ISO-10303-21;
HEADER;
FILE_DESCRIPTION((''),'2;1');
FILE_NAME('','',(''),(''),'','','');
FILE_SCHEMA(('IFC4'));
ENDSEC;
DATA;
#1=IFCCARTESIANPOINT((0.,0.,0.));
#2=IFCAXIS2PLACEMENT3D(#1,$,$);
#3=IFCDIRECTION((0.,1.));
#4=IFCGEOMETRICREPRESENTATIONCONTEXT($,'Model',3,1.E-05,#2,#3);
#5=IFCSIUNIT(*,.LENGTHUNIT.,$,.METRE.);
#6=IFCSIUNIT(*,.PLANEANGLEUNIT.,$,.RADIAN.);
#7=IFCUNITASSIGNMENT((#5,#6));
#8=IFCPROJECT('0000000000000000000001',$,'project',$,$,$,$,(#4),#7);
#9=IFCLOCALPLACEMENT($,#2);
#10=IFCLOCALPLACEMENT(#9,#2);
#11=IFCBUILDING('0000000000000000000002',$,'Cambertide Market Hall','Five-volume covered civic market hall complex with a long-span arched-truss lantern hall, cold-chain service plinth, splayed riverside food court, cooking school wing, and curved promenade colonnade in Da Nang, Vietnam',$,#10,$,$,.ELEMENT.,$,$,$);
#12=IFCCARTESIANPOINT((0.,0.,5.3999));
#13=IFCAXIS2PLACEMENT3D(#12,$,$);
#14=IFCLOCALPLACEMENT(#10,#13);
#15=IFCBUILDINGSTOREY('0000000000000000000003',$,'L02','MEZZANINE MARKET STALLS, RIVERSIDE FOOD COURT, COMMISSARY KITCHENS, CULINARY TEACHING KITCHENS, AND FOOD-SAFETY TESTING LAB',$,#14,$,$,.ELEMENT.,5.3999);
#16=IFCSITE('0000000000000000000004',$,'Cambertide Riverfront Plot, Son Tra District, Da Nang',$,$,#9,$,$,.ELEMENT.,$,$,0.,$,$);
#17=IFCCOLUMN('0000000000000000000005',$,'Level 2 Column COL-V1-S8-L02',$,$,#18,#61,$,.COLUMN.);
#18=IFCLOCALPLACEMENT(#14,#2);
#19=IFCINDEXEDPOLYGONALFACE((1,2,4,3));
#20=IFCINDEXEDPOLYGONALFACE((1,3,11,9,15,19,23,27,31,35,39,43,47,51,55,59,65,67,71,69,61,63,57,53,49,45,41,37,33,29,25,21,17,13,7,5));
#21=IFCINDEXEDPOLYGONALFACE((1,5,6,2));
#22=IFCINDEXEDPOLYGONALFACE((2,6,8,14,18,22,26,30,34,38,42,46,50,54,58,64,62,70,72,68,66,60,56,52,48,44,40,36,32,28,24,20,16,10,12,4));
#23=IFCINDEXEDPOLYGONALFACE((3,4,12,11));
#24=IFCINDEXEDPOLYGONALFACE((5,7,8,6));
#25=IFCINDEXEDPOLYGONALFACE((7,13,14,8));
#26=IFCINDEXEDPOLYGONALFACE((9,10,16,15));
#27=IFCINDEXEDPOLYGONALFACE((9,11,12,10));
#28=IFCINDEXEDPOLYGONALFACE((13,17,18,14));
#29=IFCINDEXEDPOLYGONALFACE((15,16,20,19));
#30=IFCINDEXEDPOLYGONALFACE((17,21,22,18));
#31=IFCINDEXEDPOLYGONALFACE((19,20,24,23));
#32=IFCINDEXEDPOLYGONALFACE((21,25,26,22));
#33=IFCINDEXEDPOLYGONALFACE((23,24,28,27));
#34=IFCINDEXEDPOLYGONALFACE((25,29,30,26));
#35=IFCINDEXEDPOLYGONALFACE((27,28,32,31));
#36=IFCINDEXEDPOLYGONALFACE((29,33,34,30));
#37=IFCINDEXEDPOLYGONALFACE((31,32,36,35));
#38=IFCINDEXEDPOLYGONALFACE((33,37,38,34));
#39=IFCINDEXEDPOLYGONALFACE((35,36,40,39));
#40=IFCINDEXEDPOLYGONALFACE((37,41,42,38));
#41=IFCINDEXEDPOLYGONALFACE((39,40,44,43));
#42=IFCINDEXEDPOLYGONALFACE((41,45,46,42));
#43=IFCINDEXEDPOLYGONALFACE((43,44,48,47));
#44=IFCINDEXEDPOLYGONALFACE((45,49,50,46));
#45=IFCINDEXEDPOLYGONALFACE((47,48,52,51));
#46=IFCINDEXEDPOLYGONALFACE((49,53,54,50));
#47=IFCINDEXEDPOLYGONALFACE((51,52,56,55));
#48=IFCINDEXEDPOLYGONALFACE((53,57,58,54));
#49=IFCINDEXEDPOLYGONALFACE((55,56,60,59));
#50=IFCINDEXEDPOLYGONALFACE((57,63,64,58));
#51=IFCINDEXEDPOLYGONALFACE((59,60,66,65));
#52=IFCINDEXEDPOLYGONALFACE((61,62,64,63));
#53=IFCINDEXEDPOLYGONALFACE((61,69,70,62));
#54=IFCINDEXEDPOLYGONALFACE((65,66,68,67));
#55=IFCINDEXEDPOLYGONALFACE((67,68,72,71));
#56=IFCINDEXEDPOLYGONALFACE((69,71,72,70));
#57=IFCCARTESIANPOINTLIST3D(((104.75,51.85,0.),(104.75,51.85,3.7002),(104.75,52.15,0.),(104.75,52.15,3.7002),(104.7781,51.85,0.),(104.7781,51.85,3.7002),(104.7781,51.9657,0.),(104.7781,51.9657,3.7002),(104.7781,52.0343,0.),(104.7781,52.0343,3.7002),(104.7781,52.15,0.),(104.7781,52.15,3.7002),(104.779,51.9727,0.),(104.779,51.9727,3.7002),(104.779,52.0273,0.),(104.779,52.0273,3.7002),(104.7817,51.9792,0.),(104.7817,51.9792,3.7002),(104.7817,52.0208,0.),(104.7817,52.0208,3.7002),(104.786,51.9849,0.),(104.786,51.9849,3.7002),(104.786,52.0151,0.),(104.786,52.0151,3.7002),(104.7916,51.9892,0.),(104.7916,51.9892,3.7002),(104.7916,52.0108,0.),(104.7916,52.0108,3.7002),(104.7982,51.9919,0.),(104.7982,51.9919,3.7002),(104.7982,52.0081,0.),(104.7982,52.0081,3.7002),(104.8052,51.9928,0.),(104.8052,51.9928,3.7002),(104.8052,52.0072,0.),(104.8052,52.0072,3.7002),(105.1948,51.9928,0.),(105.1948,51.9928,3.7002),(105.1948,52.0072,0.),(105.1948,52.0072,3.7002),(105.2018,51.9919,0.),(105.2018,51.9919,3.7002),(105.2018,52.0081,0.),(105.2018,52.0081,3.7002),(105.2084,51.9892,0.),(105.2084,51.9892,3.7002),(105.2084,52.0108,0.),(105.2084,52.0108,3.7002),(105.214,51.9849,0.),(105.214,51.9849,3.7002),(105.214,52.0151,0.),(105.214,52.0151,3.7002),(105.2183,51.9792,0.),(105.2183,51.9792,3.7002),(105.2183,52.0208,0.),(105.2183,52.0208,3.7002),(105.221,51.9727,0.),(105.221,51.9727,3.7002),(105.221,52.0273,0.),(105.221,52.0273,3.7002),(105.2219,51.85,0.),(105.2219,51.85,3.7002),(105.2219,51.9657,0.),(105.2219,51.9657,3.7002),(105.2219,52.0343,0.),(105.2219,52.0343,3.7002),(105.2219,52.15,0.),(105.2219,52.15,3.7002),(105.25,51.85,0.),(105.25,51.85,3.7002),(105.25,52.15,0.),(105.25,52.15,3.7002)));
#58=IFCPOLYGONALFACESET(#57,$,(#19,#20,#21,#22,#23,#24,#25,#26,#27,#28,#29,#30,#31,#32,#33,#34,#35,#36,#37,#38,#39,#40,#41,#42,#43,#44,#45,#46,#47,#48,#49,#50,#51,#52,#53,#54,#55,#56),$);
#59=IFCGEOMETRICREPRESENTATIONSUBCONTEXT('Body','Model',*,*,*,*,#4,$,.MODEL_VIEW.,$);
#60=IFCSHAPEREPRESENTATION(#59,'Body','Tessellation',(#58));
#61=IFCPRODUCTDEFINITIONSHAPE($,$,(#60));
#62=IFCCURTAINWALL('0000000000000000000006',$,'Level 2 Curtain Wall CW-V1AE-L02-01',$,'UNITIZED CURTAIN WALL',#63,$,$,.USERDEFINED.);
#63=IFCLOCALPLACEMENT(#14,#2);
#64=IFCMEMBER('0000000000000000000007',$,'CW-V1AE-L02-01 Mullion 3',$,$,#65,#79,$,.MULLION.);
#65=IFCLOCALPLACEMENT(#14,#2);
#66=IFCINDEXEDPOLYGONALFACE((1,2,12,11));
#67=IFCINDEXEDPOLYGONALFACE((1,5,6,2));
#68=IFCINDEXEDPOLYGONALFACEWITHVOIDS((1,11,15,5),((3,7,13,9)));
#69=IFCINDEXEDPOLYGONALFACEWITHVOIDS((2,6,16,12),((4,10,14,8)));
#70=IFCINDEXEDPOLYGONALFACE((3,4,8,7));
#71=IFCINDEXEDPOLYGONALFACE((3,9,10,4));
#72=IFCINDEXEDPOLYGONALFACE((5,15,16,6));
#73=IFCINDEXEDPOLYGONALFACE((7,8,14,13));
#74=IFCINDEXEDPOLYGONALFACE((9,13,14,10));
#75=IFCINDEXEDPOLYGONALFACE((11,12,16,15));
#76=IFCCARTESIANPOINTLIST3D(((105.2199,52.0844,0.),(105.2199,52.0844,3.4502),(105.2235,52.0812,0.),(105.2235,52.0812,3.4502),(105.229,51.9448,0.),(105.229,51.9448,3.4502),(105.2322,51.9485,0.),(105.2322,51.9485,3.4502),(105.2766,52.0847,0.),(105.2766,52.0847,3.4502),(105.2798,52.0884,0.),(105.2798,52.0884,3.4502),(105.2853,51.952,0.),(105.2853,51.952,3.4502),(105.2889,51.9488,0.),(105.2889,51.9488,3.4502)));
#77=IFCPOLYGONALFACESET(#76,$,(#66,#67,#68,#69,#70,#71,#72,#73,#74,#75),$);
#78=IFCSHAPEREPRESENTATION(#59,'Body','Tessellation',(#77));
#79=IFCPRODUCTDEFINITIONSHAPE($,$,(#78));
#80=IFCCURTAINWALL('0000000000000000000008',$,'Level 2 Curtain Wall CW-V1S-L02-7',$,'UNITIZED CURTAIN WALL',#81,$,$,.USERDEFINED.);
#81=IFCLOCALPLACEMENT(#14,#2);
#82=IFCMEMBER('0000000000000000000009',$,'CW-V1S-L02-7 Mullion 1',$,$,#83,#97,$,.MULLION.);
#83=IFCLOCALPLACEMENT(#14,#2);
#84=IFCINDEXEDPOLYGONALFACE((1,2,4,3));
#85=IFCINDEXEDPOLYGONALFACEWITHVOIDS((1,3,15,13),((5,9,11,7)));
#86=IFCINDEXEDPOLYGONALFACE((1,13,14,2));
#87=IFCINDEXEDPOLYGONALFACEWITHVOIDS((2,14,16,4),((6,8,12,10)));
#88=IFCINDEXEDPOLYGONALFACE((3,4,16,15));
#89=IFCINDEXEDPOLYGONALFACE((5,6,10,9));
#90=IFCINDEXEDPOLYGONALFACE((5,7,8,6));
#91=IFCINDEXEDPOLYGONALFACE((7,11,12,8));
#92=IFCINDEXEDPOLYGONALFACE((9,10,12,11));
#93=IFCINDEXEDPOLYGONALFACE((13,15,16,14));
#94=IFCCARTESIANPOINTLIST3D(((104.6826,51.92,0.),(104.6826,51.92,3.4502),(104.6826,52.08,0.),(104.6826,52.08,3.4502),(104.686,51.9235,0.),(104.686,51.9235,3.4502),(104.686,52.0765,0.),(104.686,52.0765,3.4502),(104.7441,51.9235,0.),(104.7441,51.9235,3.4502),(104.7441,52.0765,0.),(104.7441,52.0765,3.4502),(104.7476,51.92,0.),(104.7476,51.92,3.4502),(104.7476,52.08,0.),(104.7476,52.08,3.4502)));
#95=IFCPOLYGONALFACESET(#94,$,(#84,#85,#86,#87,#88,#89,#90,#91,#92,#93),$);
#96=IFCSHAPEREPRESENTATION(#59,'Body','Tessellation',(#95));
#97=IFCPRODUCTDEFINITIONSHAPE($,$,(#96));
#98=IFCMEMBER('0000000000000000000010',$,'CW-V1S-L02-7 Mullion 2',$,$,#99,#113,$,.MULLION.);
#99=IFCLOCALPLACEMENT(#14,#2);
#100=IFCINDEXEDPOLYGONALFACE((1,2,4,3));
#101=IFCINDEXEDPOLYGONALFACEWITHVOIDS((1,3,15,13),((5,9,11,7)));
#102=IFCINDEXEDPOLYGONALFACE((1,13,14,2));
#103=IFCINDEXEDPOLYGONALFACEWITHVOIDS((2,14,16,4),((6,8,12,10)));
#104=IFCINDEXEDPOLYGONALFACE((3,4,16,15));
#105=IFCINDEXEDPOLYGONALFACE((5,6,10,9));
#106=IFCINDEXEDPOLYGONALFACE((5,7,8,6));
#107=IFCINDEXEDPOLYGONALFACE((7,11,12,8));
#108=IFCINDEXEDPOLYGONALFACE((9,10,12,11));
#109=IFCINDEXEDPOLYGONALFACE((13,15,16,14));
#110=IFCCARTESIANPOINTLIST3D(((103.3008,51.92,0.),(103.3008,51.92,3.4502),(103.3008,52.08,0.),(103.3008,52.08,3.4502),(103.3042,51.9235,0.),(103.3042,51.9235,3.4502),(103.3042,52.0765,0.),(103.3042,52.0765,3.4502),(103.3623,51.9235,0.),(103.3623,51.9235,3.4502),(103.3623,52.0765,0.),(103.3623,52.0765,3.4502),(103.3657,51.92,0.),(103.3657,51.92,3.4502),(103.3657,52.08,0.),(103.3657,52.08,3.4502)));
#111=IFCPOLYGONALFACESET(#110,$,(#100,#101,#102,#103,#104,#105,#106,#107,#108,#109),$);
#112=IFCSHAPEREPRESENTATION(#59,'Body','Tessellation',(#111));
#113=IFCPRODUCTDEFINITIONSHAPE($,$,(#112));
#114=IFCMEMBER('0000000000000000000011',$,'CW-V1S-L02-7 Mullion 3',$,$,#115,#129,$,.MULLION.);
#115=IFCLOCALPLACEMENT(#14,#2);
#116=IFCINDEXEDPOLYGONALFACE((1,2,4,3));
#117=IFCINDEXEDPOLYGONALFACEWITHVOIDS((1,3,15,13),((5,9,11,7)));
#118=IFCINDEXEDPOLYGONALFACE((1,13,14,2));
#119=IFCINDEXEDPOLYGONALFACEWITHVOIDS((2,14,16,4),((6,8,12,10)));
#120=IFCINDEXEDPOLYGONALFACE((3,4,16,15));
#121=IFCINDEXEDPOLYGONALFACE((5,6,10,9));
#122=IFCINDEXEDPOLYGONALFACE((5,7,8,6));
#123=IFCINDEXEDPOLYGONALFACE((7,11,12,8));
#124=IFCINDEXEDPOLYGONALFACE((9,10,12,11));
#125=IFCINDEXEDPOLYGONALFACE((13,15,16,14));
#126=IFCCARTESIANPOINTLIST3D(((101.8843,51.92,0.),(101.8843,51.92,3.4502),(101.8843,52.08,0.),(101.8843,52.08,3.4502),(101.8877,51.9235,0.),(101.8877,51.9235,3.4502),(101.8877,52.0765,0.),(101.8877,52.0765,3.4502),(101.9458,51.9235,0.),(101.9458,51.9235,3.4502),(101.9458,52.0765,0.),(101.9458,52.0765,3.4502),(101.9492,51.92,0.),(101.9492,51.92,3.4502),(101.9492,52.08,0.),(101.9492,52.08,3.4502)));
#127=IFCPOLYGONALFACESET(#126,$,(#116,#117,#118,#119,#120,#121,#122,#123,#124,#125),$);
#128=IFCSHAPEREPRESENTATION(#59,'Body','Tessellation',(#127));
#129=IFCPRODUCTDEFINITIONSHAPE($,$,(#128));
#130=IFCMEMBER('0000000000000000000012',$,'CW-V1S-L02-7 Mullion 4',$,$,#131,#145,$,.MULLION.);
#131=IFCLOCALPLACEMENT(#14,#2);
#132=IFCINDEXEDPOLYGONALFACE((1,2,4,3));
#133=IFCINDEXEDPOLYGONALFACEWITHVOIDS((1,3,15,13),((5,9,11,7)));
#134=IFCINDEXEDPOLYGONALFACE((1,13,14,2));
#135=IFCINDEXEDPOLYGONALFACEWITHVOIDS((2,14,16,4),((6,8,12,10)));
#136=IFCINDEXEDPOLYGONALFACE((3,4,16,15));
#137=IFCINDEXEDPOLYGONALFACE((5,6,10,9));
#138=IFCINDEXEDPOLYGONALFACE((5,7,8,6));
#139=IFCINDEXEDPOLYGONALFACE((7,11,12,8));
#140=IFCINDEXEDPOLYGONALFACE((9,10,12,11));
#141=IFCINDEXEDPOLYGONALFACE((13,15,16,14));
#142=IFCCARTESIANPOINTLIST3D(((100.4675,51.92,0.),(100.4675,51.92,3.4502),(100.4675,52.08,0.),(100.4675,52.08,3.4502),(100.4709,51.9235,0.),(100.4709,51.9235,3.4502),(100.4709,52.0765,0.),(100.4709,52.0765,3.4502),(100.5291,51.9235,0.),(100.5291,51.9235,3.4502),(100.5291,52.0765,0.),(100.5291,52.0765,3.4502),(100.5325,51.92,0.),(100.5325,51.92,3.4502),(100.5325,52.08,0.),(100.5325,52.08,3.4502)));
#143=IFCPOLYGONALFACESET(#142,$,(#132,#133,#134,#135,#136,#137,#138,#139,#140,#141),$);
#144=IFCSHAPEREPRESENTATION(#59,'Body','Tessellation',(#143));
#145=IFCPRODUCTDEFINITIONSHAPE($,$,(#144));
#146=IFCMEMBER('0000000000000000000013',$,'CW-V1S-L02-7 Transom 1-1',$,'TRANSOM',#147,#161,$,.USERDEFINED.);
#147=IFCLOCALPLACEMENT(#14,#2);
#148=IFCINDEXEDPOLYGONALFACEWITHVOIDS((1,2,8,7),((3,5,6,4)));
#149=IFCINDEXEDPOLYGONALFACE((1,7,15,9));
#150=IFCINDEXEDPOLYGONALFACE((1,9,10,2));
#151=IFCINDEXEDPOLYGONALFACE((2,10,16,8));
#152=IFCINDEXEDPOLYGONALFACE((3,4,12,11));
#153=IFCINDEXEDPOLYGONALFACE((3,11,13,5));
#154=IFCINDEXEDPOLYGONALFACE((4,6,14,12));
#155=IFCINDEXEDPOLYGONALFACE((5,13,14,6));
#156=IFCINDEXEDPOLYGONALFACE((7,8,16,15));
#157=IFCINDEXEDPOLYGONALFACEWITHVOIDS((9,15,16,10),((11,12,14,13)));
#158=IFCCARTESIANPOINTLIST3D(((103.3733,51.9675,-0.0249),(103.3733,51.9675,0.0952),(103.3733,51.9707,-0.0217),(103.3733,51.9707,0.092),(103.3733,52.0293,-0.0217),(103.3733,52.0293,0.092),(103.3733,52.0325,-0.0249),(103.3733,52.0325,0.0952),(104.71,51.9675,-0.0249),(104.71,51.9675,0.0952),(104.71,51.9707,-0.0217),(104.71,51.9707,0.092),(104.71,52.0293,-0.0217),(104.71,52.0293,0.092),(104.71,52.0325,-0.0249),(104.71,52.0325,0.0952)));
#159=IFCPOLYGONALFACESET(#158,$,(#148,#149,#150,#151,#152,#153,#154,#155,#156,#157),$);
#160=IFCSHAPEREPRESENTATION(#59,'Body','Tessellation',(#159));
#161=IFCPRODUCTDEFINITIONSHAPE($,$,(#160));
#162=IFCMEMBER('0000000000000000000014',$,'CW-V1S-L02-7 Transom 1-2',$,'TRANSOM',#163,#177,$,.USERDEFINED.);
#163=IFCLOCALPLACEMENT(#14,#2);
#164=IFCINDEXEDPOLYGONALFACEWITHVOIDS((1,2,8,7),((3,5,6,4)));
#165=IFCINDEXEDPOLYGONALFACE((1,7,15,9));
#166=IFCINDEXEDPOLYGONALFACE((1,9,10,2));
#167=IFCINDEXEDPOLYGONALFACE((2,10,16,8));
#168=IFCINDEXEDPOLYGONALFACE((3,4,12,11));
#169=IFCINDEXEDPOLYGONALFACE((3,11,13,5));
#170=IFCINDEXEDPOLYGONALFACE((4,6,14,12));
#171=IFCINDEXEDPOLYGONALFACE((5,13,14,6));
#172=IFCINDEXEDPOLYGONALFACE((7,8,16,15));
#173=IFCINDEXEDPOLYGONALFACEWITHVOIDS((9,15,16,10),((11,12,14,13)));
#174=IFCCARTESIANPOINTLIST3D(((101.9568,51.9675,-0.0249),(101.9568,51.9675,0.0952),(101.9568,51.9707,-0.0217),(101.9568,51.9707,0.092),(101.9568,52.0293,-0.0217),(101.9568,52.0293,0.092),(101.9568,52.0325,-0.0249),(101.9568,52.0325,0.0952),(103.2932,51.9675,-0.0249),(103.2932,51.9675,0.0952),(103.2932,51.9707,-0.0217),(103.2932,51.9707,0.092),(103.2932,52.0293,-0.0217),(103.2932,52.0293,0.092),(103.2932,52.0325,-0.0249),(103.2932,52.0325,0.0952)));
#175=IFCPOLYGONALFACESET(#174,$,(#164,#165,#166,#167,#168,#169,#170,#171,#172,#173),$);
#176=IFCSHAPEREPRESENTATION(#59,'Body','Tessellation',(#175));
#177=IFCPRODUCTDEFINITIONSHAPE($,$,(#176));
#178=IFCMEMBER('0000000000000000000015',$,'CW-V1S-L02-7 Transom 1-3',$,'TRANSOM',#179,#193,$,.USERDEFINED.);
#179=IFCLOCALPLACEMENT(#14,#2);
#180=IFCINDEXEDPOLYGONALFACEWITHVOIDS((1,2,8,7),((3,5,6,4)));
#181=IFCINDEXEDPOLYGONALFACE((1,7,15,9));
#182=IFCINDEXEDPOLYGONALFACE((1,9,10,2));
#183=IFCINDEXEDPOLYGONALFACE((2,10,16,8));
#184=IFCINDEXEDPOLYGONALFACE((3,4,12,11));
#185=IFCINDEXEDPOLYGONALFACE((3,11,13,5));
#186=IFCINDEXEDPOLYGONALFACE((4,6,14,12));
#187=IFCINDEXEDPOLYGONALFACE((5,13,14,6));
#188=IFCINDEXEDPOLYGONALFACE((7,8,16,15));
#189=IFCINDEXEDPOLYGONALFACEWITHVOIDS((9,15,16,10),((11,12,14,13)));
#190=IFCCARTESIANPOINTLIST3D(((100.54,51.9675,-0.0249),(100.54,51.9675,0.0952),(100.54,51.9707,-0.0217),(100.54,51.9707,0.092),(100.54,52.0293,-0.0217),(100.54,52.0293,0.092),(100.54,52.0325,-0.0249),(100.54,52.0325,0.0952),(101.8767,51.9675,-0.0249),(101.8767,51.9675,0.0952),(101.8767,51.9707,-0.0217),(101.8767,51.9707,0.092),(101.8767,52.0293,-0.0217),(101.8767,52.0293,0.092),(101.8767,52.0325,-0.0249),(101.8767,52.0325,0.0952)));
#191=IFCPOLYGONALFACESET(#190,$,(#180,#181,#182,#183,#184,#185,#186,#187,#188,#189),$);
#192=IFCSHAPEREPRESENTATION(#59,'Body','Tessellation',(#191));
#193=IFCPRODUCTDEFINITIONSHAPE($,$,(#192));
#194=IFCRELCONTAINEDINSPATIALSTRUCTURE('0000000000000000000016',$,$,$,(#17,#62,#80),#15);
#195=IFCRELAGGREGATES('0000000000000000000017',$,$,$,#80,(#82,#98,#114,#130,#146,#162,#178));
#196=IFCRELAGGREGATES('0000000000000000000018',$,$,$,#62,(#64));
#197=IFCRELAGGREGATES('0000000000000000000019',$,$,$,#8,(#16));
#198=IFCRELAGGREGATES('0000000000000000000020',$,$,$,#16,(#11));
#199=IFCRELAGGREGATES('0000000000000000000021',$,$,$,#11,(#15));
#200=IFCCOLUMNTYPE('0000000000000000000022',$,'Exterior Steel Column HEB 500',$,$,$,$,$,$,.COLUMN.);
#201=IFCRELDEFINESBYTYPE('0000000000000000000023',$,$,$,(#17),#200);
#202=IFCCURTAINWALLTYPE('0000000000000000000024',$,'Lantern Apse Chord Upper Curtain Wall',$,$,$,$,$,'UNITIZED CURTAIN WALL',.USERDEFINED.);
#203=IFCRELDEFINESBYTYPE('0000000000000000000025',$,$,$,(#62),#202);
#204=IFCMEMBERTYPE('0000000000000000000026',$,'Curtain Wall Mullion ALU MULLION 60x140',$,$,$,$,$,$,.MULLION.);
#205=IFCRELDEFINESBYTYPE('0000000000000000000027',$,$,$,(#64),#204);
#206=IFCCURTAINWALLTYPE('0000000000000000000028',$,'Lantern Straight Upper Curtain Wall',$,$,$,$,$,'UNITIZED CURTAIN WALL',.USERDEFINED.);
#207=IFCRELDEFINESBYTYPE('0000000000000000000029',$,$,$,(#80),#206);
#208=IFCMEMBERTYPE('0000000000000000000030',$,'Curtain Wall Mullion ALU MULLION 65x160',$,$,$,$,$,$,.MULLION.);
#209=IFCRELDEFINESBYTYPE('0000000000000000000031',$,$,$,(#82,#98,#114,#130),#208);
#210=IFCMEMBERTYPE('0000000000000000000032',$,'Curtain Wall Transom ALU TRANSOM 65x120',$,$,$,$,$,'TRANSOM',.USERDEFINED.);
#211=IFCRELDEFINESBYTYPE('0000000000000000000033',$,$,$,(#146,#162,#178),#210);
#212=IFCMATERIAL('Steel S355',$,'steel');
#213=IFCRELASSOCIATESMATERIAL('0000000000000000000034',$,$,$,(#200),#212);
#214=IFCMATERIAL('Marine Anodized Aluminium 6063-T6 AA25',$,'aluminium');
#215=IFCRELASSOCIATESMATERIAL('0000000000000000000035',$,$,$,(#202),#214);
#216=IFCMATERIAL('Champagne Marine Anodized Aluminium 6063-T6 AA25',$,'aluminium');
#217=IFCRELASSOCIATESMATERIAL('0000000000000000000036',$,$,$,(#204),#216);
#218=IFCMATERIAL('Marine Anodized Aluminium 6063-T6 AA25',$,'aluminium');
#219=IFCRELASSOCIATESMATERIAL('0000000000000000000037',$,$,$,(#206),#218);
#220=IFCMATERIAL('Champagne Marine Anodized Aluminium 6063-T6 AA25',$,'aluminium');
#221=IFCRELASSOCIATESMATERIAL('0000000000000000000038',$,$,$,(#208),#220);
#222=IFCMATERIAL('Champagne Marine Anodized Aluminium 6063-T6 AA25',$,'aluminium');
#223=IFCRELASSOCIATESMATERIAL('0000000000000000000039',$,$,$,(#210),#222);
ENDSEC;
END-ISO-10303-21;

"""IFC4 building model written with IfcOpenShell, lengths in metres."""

from ifc_helpers import new_model, si_unit, direction, frame, origin, origin_2d, place, context, subcontext, project, spatial, hollow_rectangle, i_section, extrude, material, material_profile, profile_set, type_object, element, aggregate, save


model = new_model("IFC4")

# Units and contexts
model_context = context("Model", 3, precision=1e-05, world=origin(), true_north=direction((0.0, 1.0)))
body_context = subcontext(model_context, "Body", "Model", "MODEL_VIEW")
ifc_project = project(units=[si_unit("LENGTHUNIT", "METRE"), si_unit("PLANEANGLEUNIT", "RADIAN")], contexts=[model_context])

# Site, building, storey
site_placement = place(None, origin())
site = spatial("IfcSite", under=ifc_project, at=site_placement, Name="Cambertide Riverfront Plot, Son Tra District, Da Nang", CompositionType="ELEMENT", RefElevation=0.0)
building_placement = place(site_placement, origin())
building = spatial("IfcBuilding", under=site, at=building_placement, Name="Cambertide Market Hall", Description="Five-volume covered civic market hall complex with a long-span arched-truss lantern hall, cold-chain service plinth, splayed riverside food court, cooking school wing, and curved promenade colonnade in Da Nang, Vietnam", CompositionType="ELEMENT")
storey_placement = place(building_placement, frame((0.0, 0.0, 5.3999)))
storey = spatial("IfcBuildingStorey", under=building, at=storey_placement, Name="L02", Description="MEZZANINE MARKET STALLS, RIVERSIDE FOOD COURT, COMMISSARY KITCHENS, CULINARY TEACHING KITCHENS, AND FOOD-SAFETY TESTING LAB", CompositionType="ELEMENT", Elevation=5.3999)

# Column
ifc_material_1 = material(Name="Steel S355", Category="steel")
ifc_material_profile_1 = material_profile(ifc_material_1, i_section(OverallWidth=0.3, OverallDepth=0.5, WebThickness=0.0144, FlangeThickness=0.0281, FilletRadius=0.0271, at=origin_2d()), Name="HEB 500")
ifc_profile_set_1 = profile_set([ifc_material_profile_1], Name="Steel S355")
column_type = type_object("IfcColumnType", Name="Exterior Steel Column HEB 500", PredefinedType="COLUMN", material=ifc_profile_set_1)
column_placement = place(storey_placement, frame((105.0, 52.0, 0.0), z_axis=(0.0, 0.0, 1.0), x_axis=(0.0, 1.0, 0.0)))
element("IfcColumn", 1, at=column_placement, inside=storey, type_object=column_type, Name="Level 2 Column COL-V1-S8-L02", PredefinedType="COLUMN", context=body_context, shape_type="SweptSolid", body=[
    extrude(i_section(OverallWidth=0.3, OverallDepth=0.5, WebThickness=0.0144, FlangeThickness=0.0281, FilletRadius=0.0271, at=origin_2d()), origin(), (0.0, 0.0, 1.0), 3.7002),
])

# Curtain wall, member
ifc_material_2 = material(Name="Marine Anodized Aluminium 6063-T6 AA25", Category="aluminium")
curtain_wall_type_1 = type_object("IfcCurtainWallType", Name="Lantern Apse Chord Upper Curtain Wall", ElementType="UNITIZED CURTAIN WALL", PredefinedType="USERDEFINED", material=ifc_material_2)
curtain_wall_1_placement = place(storey_placement, origin())
curtain_wall_1 = element("IfcCurtainWall", 2, at=curtain_wall_1_placement, inside=storey, type_object=curtain_wall_type_1, Name="Level 2 Curtain Wall CW-V1AE-L02-01", ObjectType="UNITIZED CURTAIN WALL", PredefinedType="USERDEFINED")
ifc_material_3 = material(Name="Champagne Marine Anodized Aluminium 6063-T6 AA25", Category="aluminium")
ifc_material_profile_2 = material_profile(ifc_material_3, hollow_rectangle(XDim=0.0601, YDim=0.1399, WallThickness=0.0034, at=origin_2d()), Name="ALU MULLION 60x140")
ifc_profile_set_2 = profile_set([ifc_material_profile_2], Name="Champagne Marine Anodized Aluminium 6063-T6 AA25")
member_type_1 = type_object("IfcMemberType", Name="Curtain Wall Mullion ALU MULLION 60x140", PredefinedType="MULLION", material=ifc_profile_set_2)
member_1_placement = place(storey_placement, frame((105.2544, 52.0166, 0.0), z_axis=(0.0, 0.0, 1.0), x_axis=(-0.997859, -0.065403, 0.0)))
member_1 = element("IfcMember", 3, at=member_1_placement, type_object=member_type_1, Name="CW-V1AE-L02-01 Mullion 3", PredefinedType="MULLION", context=body_context, shape_type="SweptSolid", body=[
    extrude(hollow_rectangle(XDim=0.0601, YDim=0.1399, WallThickness=0.0034, at=origin_2d()), origin(), (0.0, 0.0, 1.0), 3.4502),
])

# Curtain wall, members
ifc_material_4 = material(Name="Marine Anodized Aluminium 6063-T6 AA25", Category="aluminium")
curtain_wall_type_2 = type_object("IfcCurtainWallType", Name="Lantern Straight Upper Curtain Wall", ElementType="UNITIZED CURTAIN WALL", PredefinedType="USERDEFINED", material=ifc_material_4)
curtain_wall_2_placement = place(storey_placement, origin())
curtain_wall_2 = element("IfcCurtainWall", 4, at=curtain_wall_2_placement, inside=storey, type_object=curtain_wall_type_2, Name="Level 2 Curtain Wall CW-V1S-L02-7", ObjectType="UNITIZED CURTAIN WALL", PredefinedType="USERDEFINED")
ifc_material_5 = material(Name="Champagne Marine Anodized Aluminium 6063-T6 AA25", Category="aluminium")
ifc_material_profile_3 = material_profile(ifc_material_5, hollow_rectangle(XDim=0.0649, YDim=0.1599, WallThickness=0.0034, at=origin_2d()), Name="ALU MULLION 65x160")
ifc_profile_set_3 = profile_set([ifc_material_profile_3], Name="Champagne Marine Anodized Aluminium 6063-T6 AA25")
member_type_2 = type_object("IfcMemberType", Name="Curtain Wall Mullion ALU MULLION 65x160", PredefinedType="MULLION", material=ifc_profile_set_3)
member_2_placement = place(storey_placement, frame((104.7151, 52.0, 0.0), z_axis=(0.0, 0.0, 1.0), x_axis=(-1.0, 0.0, 0.0)))
member_2 = element("IfcMember", 5, at=member_2_placement, type_object=member_type_2, Name="CW-V1S-L02-7 Mullion 1", PredefinedType="MULLION", context=body_context, shape_type="SweptSolid", body=[
    extrude(hollow_rectangle(XDim=0.0649, YDim=0.1599, WallThickness=0.0034, at=origin_2d()), origin(), (0.0, 0.0, 1.0), 3.4502),
])
member_3_placement = place(storey_placement, frame((103.3333, 52.0, 0.0), z_axis=(0.0, 0.0, 1.0), x_axis=(-1.0, 0.0, 0.0)))
member_3 = element("IfcMember", 6, at=member_3_placement, type_object=member_type_2, Name="CW-V1S-L02-7 Mullion 2", PredefinedType="MULLION", context=body_context, shape_type="SweptSolid", body=[
    extrude(hollow_rectangle(XDim=0.0649, YDim=0.1599, WallThickness=0.0034, at=origin_2d()), origin(), (0.0, 0.0, 1.0), 3.4502),
])
member_4_placement = place(storey_placement, frame((101.9167, 52.0, 0.0), z_axis=(0.0, 0.0, 1.0), x_axis=(-1.0, 0.0, 0.0)))
member_4 = element("IfcMember", 7, at=member_4_placement, type_object=member_type_2, Name="CW-V1S-L02-7 Mullion 3", PredefinedType="MULLION", context=body_context, shape_type="SweptSolid", body=[
    extrude(hollow_rectangle(XDim=0.0649, YDim=0.1599, WallThickness=0.0034, at=origin_2d()), origin(), (0.0, 0.0, 1.0), 3.4502),
])
member_5_placement = place(storey_placement, frame((100.5, 52.0, 0.0), z_axis=(0.0, 0.0, 1.0), x_axis=(-1.0, 0.0, 0.0)))
member_5 = element("IfcMember", 8, at=member_5_placement, type_object=member_type_2, Name="CW-V1S-L02-7 Mullion 4", PredefinedType="MULLION", context=body_context, shape_type="SweptSolid", body=[
    extrude(hollow_rectangle(XDim=0.0649, YDim=0.1599, WallThickness=0.0034, at=origin_2d()), origin(), (0.0, 0.0, 1.0), 3.4502),
])
ifc_material_6 = material(Name="Champagne Marine Anodized Aluminium 6063-T6 AA25", Category="aluminium")
ifc_material_profile_4 = material_profile(ifc_material_6, hollow_rectangle(XDim=0.0649, YDim=0.1201, WallThickness=0.0032, at=origin_2d()), Name="ALU TRANSOM 65x120")
ifc_profile_set_4 = profile_set([ifc_material_profile_4], Name="Champagne Marine Anodized Aluminium 6063-T6 AA25")
member_type_3 = type_object("IfcMemberType", Name="Curtain Wall Transom ALU TRANSOM 65x120", ElementType="TRANSOM", PredefinedType="USERDEFINED", material=ifc_profile_set_4)
member_6_placement = place(storey_placement, frame((104.71, 52.0, 0.0352), z_axis=(-1.0, 0.0, 0.0), x_axis=(0.0, -1.0, 0.0)))
member_6 = element("IfcMember", 9, at=member_6_placement, type_object=member_type_3, Name="CW-V1S-L02-7 Transom 1-1", ObjectType="TRANSOM", PredefinedType="USERDEFINED", context=body_context, shape_type="SweptSolid", body=[
    extrude(hollow_rectangle(XDim=0.0649, YDim=0.1201, WallThickness=0.0032, at=origin_2d()), origin(), (0.0, 0.0, 1.0), 1.3367),
])
member_7_placement = place(storey_placement, frame((103.2932, 52.0, 0.0352), z_axis=(-1.0, 0.0, 0.0), x_axis=(0.0, -1.0, 0.0)))
member_7 = element("IfcMember", 10, at=member_7_placement, type_object=member_type_3, Name="CW-V1S-L02-7 Transom 1-2", ObjectType="TRANSOM", PredefinedType="USERDEFINED", context=body_context, shape_type="SweptSolid", body=[
    extrude(hollow_rectangle(XDim=0.0649, YDim=0.1201, WallThickness=0.0032, at=origin_2d()), origin(), (0.0, 0.0, 1.0), 1.3364),
])
member_8_placement = place(storey_placement, frame((101.8767, 52.0, 0.0352), z_axis=(-1.0, 0.0, 0.0), x_axis=(0.0, -1.0, 0.0)))
member_8 = element("IfcMember", 11, at=member_8_placement, type_object=member_type_3, Name="CW-V1S-L02-7 Transom 1-3", ObjectType="TRANSOM", PredefinedType="USERDEFINED", context=body_context, shape_type="SweptSolid", body=[
    extrude(hollow_rectangle(XDim=0.0649, YDim=0.1201, WallThickness=0.0032, at=origin_2d()), origin(), (0.0, 0.0, 1.0), 1.3367),
])

aggregate(curtain_wall_2, [member_2, member_3, member_4, member_5, member_6, member_7, member_8])
aggregate(curtain_wall_1, [member_1])

save(model, "model.ifc")
